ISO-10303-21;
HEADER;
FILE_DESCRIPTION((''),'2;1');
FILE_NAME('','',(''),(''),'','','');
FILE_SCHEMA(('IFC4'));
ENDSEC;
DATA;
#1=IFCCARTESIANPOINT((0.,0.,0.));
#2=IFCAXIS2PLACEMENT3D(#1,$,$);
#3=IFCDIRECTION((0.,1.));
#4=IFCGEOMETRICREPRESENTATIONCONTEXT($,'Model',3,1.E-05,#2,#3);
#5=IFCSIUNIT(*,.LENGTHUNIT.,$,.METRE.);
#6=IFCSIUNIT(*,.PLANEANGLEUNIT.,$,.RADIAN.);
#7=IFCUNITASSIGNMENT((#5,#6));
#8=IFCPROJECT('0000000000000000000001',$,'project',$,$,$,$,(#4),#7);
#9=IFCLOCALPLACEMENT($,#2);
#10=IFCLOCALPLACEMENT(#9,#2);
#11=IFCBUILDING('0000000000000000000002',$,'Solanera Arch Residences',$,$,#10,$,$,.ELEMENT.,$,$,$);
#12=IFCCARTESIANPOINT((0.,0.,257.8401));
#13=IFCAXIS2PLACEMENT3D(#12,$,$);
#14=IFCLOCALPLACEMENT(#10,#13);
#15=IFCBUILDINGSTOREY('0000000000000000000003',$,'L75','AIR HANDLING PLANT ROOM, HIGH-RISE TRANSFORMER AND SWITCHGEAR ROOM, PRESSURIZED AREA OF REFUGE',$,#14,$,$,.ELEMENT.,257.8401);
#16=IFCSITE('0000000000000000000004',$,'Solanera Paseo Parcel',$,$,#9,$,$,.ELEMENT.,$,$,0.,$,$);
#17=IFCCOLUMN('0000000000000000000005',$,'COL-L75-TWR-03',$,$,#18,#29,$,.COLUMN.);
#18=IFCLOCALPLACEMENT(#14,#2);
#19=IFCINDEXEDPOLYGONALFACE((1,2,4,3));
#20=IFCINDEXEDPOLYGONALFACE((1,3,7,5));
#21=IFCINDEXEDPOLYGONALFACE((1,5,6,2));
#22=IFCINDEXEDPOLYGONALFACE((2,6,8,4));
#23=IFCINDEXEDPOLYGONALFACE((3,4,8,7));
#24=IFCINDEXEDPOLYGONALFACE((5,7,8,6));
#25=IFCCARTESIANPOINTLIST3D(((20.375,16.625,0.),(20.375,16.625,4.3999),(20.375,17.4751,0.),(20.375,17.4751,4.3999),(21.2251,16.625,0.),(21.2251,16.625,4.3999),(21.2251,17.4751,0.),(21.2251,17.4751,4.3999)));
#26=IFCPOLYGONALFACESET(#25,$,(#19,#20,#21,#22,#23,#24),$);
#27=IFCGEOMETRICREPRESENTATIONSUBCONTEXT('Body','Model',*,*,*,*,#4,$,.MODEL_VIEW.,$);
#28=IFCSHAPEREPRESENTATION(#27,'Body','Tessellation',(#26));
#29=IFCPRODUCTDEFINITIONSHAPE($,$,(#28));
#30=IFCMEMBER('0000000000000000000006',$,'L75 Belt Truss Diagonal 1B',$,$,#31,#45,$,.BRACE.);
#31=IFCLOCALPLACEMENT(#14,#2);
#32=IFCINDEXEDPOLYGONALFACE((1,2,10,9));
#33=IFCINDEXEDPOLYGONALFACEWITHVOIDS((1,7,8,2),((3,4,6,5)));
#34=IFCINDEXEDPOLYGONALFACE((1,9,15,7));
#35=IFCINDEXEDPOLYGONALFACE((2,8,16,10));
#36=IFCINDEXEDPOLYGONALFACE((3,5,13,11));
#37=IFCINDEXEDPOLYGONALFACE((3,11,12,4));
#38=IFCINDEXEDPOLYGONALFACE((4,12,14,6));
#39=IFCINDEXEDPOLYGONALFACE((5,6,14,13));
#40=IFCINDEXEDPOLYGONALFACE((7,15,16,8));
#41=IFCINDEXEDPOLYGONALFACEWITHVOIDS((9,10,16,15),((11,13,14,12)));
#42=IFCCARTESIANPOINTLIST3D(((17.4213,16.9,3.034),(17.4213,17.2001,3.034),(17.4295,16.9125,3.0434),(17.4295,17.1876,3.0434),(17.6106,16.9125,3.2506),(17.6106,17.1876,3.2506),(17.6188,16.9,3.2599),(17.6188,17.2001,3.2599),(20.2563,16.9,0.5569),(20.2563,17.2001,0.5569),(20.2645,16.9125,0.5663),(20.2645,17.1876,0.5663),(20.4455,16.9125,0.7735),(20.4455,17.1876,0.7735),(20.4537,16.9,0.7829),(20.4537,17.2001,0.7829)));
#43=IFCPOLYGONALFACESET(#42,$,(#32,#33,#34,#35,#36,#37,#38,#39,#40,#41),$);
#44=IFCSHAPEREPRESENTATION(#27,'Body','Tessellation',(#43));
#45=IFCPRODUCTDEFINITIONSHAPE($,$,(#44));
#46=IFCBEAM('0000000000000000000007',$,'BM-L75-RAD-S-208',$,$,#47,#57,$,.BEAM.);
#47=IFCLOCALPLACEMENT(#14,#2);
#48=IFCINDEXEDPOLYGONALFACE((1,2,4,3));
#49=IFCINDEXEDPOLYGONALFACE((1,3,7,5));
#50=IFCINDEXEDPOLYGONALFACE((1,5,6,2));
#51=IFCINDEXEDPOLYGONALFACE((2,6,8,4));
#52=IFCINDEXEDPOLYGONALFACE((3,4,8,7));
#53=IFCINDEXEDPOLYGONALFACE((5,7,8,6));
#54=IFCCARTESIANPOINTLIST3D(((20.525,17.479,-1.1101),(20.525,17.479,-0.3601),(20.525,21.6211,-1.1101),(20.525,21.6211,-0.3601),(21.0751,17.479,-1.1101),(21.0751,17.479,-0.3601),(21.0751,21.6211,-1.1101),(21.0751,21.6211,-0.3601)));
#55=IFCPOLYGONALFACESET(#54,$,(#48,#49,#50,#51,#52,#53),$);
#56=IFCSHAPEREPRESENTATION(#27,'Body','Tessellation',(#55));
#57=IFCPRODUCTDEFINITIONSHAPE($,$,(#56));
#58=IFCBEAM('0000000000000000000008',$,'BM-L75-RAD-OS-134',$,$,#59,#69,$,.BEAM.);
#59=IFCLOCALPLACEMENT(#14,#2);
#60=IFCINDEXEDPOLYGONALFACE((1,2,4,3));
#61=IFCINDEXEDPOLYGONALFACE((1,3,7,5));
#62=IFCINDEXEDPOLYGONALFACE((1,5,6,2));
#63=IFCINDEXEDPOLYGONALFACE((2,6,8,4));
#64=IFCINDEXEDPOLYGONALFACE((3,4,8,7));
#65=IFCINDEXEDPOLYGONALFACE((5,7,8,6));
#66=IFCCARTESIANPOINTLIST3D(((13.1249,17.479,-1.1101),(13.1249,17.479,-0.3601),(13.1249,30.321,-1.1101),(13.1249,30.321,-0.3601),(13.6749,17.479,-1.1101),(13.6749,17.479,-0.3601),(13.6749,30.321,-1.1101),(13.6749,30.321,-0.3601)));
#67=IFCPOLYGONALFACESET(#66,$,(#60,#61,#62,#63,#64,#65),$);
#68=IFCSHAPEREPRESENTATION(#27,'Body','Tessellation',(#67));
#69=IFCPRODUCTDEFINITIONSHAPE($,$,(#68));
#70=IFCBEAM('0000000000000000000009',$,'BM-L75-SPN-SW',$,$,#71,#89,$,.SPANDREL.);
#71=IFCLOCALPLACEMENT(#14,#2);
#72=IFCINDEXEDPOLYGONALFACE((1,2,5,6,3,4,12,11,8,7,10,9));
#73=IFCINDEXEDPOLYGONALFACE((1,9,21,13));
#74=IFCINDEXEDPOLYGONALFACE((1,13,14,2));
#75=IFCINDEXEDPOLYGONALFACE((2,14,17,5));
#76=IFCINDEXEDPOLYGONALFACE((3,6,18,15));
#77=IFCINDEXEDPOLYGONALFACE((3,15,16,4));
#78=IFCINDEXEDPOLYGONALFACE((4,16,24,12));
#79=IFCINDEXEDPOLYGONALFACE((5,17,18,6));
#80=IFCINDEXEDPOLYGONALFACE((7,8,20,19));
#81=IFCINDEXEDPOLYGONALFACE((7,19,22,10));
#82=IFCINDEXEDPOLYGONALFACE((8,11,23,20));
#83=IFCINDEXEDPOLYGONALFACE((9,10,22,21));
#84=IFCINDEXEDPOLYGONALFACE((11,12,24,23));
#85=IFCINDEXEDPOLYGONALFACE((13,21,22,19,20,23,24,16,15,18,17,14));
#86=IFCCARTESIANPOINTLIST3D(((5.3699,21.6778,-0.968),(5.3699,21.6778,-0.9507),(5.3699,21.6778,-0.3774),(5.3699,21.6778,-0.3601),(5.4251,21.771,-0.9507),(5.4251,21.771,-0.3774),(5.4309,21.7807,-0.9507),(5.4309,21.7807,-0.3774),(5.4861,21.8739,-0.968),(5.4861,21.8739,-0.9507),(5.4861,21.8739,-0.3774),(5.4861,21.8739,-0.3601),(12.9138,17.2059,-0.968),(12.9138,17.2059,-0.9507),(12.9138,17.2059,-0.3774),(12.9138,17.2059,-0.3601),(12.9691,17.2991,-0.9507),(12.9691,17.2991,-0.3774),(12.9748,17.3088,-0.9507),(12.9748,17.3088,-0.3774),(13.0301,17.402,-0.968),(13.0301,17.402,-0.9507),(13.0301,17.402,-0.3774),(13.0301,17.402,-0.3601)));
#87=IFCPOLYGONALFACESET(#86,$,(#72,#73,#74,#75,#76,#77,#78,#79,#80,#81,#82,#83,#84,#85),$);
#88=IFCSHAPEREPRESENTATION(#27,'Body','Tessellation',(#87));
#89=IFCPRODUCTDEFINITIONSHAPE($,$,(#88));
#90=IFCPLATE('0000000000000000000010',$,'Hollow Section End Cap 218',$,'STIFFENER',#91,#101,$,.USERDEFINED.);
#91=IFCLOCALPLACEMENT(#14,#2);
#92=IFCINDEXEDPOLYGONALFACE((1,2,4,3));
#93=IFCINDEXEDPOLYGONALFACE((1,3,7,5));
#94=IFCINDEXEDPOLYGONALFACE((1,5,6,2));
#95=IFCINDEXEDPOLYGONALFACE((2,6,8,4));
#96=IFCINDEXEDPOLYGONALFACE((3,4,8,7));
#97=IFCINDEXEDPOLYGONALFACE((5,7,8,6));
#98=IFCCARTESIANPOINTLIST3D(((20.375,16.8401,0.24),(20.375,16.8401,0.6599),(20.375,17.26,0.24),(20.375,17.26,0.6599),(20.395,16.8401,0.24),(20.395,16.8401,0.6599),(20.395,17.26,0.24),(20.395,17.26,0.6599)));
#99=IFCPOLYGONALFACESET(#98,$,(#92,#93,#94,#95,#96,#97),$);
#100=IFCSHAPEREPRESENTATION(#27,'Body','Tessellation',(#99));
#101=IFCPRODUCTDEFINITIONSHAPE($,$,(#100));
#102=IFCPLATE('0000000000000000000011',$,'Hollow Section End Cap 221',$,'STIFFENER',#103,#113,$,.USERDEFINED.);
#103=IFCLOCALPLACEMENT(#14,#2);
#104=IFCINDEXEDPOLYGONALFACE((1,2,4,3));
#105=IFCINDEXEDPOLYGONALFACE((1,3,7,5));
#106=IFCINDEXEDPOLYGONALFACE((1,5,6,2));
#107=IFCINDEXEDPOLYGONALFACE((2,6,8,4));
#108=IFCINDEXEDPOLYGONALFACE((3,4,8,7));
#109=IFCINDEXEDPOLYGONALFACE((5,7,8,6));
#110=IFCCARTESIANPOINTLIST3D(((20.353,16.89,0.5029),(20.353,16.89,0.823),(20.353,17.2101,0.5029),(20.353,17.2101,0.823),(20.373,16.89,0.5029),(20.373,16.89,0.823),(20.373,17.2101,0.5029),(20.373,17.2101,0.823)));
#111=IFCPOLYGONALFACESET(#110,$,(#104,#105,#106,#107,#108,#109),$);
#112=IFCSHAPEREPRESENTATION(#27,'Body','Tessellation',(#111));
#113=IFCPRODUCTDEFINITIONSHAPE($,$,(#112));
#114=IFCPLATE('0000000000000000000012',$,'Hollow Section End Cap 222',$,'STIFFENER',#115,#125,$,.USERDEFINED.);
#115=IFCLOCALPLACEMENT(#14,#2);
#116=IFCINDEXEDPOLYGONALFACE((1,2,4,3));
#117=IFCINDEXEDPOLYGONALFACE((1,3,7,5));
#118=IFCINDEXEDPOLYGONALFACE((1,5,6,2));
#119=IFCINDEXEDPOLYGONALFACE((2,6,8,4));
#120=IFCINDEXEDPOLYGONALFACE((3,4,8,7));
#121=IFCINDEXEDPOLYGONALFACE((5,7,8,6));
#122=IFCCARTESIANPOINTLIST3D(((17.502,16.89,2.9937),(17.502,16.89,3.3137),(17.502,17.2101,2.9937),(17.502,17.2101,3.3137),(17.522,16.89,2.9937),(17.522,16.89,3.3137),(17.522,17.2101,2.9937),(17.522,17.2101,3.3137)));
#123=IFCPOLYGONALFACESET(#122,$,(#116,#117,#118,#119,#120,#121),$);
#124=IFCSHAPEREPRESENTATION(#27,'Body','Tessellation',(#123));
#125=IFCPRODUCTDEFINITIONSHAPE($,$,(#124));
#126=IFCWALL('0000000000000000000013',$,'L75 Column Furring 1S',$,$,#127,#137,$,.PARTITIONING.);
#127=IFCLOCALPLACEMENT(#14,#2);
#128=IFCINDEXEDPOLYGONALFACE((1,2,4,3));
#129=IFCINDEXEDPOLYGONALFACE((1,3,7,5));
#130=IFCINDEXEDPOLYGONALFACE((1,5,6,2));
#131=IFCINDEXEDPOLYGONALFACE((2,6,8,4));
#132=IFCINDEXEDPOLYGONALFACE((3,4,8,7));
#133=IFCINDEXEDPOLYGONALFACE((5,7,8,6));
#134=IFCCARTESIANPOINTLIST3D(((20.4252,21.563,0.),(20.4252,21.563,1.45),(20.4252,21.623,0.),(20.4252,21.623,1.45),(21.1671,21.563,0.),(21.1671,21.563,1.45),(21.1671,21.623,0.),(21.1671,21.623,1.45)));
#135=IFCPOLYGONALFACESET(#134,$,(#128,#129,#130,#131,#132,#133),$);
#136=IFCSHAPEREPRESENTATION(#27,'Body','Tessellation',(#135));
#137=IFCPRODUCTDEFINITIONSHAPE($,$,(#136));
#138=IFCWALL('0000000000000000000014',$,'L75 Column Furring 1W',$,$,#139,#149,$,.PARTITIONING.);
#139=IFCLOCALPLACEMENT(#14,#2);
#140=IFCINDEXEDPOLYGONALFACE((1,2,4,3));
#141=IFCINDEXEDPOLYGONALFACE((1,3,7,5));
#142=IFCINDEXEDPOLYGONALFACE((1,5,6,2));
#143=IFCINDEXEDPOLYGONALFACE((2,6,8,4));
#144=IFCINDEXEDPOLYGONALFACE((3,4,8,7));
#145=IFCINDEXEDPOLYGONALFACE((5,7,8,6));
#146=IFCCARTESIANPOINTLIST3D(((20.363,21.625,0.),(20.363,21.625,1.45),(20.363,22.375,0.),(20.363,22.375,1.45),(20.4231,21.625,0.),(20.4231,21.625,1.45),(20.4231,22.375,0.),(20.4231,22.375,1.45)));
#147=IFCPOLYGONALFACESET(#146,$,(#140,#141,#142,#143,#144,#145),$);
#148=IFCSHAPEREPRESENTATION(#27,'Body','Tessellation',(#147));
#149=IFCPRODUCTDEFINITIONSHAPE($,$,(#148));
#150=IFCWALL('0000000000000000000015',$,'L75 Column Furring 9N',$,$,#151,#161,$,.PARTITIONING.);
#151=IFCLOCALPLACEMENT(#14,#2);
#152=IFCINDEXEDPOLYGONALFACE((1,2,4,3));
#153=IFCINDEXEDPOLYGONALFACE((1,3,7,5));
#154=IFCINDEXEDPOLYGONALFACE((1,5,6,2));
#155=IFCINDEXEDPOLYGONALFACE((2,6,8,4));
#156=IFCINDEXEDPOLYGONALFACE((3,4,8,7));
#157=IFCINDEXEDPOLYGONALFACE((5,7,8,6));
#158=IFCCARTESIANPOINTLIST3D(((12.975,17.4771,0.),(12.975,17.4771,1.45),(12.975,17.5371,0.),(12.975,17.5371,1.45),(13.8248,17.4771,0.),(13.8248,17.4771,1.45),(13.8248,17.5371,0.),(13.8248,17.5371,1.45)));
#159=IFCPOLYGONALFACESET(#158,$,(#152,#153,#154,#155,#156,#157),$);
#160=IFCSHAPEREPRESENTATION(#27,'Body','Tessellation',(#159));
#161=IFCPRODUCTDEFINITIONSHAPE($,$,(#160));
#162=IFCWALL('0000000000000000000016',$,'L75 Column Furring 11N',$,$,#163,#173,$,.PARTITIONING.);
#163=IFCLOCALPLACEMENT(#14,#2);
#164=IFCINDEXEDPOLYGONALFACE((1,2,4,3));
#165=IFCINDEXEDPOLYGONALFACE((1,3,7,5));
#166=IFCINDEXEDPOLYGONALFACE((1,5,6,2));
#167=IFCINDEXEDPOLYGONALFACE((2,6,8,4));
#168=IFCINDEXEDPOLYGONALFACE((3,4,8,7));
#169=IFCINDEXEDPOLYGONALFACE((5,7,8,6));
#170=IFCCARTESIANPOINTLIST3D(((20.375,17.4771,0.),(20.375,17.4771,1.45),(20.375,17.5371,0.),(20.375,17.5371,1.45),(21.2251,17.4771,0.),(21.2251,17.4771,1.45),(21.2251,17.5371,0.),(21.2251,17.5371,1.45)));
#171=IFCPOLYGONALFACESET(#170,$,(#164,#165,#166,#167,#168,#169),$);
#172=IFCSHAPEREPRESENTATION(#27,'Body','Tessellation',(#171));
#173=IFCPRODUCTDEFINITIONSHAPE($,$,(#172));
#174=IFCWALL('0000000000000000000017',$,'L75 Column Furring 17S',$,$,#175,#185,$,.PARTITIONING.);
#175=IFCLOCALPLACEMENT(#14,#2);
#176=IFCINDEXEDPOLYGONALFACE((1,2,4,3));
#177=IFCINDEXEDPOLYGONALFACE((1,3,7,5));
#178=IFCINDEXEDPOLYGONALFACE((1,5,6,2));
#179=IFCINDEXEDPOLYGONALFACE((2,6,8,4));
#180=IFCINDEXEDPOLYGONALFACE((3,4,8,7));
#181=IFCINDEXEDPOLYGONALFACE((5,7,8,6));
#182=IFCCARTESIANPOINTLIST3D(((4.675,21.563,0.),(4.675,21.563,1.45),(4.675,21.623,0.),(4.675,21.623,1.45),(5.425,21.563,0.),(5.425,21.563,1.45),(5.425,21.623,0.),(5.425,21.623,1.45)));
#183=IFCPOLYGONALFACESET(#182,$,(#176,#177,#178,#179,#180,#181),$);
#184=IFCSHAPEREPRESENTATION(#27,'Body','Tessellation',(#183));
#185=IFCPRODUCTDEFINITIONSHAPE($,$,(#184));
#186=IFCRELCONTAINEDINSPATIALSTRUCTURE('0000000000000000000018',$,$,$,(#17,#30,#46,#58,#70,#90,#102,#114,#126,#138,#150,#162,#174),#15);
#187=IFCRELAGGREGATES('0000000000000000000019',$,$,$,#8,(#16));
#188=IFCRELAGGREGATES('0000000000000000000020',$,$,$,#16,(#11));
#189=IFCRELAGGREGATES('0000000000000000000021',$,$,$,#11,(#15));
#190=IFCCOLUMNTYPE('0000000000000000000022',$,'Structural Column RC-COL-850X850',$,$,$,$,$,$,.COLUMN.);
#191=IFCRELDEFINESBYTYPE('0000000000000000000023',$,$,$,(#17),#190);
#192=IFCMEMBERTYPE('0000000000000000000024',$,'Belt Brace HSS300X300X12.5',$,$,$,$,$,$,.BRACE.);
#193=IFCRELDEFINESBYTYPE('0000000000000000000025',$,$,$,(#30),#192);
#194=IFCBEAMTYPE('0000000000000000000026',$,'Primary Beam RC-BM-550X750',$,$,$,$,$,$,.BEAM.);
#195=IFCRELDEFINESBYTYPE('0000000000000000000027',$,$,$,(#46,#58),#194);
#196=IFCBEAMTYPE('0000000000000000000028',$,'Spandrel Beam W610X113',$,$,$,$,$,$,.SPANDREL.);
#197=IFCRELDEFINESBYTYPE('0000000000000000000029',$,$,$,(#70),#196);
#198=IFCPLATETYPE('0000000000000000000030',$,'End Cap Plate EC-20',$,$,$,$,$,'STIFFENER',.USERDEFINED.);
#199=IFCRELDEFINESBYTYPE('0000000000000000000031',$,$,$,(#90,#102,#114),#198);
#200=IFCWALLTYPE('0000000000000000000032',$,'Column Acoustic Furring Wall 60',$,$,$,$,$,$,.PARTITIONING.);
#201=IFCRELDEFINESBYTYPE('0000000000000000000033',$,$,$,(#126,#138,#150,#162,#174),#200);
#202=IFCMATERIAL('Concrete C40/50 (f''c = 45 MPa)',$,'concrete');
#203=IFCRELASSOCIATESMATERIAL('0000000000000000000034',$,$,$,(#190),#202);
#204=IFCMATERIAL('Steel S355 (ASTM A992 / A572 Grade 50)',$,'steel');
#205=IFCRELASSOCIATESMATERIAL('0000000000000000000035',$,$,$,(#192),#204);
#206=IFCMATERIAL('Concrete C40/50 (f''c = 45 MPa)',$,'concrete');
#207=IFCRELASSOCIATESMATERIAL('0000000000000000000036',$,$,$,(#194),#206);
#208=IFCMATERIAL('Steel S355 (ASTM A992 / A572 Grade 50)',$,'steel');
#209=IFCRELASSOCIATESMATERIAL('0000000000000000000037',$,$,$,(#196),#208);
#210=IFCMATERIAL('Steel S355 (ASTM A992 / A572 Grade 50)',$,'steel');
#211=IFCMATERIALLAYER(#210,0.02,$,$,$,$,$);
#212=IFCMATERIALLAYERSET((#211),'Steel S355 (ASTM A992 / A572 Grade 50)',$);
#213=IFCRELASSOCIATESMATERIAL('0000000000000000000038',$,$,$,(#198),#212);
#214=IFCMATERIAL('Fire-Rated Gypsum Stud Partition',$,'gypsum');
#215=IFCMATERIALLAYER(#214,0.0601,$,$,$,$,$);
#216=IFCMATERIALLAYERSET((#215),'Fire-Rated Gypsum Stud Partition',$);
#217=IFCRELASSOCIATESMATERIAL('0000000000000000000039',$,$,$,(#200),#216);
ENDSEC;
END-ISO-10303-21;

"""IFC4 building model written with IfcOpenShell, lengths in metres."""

from ifc_helpers import new_model, si_unit, direction, frame, frame_2d, origin, origin_2d, place, context, subcontext, project, spatial, rectangle, hollow_rectangle, i_section, extrude, material, layer, layer_set, material_profile, profile_set, type_object, element, save


model = new_model("IFC4")

# Units and contexts
model_context = context("Model", 3, precision=1e-05, world=origin(), true_north=direction((0.0, 1.0)))
body_context = subcontext(model_context, "Body", "Model", "MODEL_VIEW")
ifc_project = project(units=[si_unit("LENGTHUNIT", "METRE"), si_unit("PLANEANGLEUNIT", "RADIAN")], contexts=[model_context])

# Site, building, storey
site_placement = place(None, origin())
site = spatial("IfcSite", under=ifc_project, at=site_placement, Name="Solanera Paseo Parcel", CompositionType="ELEMENT", RefElevation=0.0)
building_placement = place(site_placement, origin())
building = spatial("IfcBuilding", under=site, at=building_placement, Name="Solanera Arch Residences", CompositionType="ELEMENT")
storey_placement = place(building_placement, frame((0.0, 0.0, 257.8401)))
storey = spatial("IfcBuildingStorey", under=building, at=storey_placement, Name="L75", Description="AIR HANDLING PLANT ROOM, HIGH-RISE TRANSFORMER AND SWITCHGEAR ROOM, PRESSURIZED AREA OF REFUGE", CompositionType="ELEMENT", Elevation=257.8401)

# Column
ifc_material_1 = material(Name="Concrete C40/50 (f'c = 45 MPa)", Category="concrete")
ifc_material_profile_1 = material_profile(ifc_material_1, rectangle(XDim=0.8501, YDim=0.8501, at=origin_2d()))
ifc_profile_set_1 = profile_set([ifc_material_profile_1], Name="Concrete C40/50 (f'c = 45 MPa)")
column_type = type_object("IfcColumnType", Name="Structural Column RC-COL-850X850", PredefinedType="COLUMN", material=ifc_profile_set_1)
column_placement = place(storey_placement, frame((20.8, 17.05, 0.0), z_axis=(0.0, 0.0, 1.0), x_axis=(1.0, 0.0, 0.0)))
element("IfcColumn", 1, at=column_placement, inside=storey, type_object=column_type, Name="COL-L75-TWR-03", PredefinedType="COLUMN", context=body_context, shape_type="SweptSolid", body=[
    extrude(rectangle(XDim=0.8501, YDim=0.8501, at=origin_2d()), origin(), (0.0, 0.0, 1.0), 4.3999),
])

# Member
ifc_material_2 = material(Name="Steel S355 (ASTM A992 / A572 Grade 50)", Category="steel")
ifc_material_profile_2 = material_profile(ifc_material_2, hollow_rectangle(XDim=0.3, YDim=0.3, WallThickness=0.0125, at=origin_2d()))
ifc_profile_set_2 = profile_set([ifc_material_profile_2], Name="Steel S355 (ASTM A992 / A572 Grade 50)")
member_type = type_object("IfcMemberType", Name="Belt Brace HSS300X300X12.5", PredefinedType="BRACE", material=ifc_profile_set_2)
member_placement = place(storey_placement, frame((20.355, 17.05, 0.6699), z_axis=(-0.753043, 0.0, 0.657972), x_axis=(0.0, -1.0, 0.0)))
element("IfcMember", 2, at=member_placement, inside=storey, type_object=member_type, Name="L75 Belt Truss Diagonal 1B", PredefinedType="BRACE", context=body_context, shape_type="SweptSolid", body=[
    extrude(hollow_rectangle(XDim=0.3, YDim=0.3, WallThickness=0.0125, at=origin_2d()), origin(), (0.0, 0.0, 1.0), 3.7646),
])

# Beams
ifc_material_3 = material(Name="Concrete C40/50 (f'c = 45 MPa)", Category="concrete")
ifc_material_profile_3 = material_profile(ifc_material_3, rectangle(XDim=0.55, YDim=0.75, at=origin_2d()))
ifc_profile_set_3 = profile_set([ifc_material_profile_3], Name="Concrete C40/50 (f'c = 45 MPa)")
beam_type_1 = type_object("IfcBeamType", Name="Primary Beam RC-BM-550X750", PredefinedType="BEAM", material=ifc_profile_set_3)
beam_1_placement = place(storey_placement, frame((20.8, 17.479, -0.7351), z_axis=(0.0, 1.0, 0.0), x_axis=(-1.0, 0.0, 0.0)))
element("IfcBeam", 3, at=beam_1_placement, inside=storey, type_object=beam_type_1, Name="BM-L75-RAD-S-208", PredefinedType="BEAM", context=body_context, shape_type="SweptSolid", body=[
    extrude(rectangle(XDim=0.55, YDim=0.75, at=origin_2d()), origin(), (0.0, 0.0, 1.0), 4.1421),
])
beam_2_placement = place(storey_placement, frame((13.3999, 17.479, -0.7351), z_axis=(0.0, 1.0, 0.0), x_axis=(-1.0, 0.0, 0.0)))
element("IfcBeam", 4, at=beam_2_placement, inside=storey, type_object=beam_type_1, Name="BM-L75-RAD-OS-134", PredefinedType="BEAM", context=body_context, shape_type="SweptSolid", body=[
    extrude(rectangle(XDim=0.55, YDim=0.75, at=origin_2d()), origin(), (0.0, 0.0, 1.0), 12.842),
])
ifc_material_4 = material(Name="Steel S355 (ASTM A992 / A572 Grade 50)", Category="steel")
ifc_material_profile_4 = material_profile(ifc_material_4, i_section(OverallWidth=0.228, OverallDepth=0.6079, WebThickness=0.0112, FlangeThickness=0.0173, at=origin_2d()))
ifc_profile_set_4 = profile_set([ifc_material_profile_4], Name="Steel S355 (ASTM A992 / A572 Grade 50)")
beam_type_2 = type_object("IfcBeamType", Name="Spandrel Beam W610X113", PredefinedType="SPANDREL", material=ifc_profile_set_4)
beam_3_placement = place(storey_placement, frame((12.9719, 17.304, -0.6641), z_axis=(-0.86022, 0.509924, 0.0), x_axis=(-0.509924, -0.86022, 0.0)))
element("IfcBeam", 5, at=beam_3_placement, inside=storey, type_object=beam_type_2, Name="BM-L75-SPN-SW", PredefinedType="SPANDREL", context=body_context, shape_type="SweptSolid", body=[
    extrude(i_section(OverallWidth=0.228, OverallDepth=0.6079, WebThickness=0.0112, FlangeThickness=0.0173, at=origin_2d()), origin(), (0.0, 0.0, 1.0), 8.7698),
])

# Plates
ifc_material_5 = material(Name="Steel S355 (ASTM A992 / A572 Grade 50)", Category="steel")
ifc_layer_1 = layer(ifc_material_5, 0.02)
ifc_layer_set_1 = layer_set([ifc_layer_1], Name="Steel S355 (ASTM A992 / A572 Grade 50)")
plate_type = type_object("IfcPlateType", Name="End Cap Plate EC-20", ElementType="STIFFENER", PredefinedType="USERDEFINED", material=ifc_layer_set_1)
plate_placement = place(storey_placement, frame((20.385, 17.05, 0.24), z_axis=(0.0, 0.0, 1.0), x_axis=(1.0, 0.0, 0.0)))
element("IfcPlate", 6, at=plate_placement, inside=storey, type_object=plate_type, Name="Hollow Section End Cap 218", ObjectType="STIFFENER", PredefinedType="USERDEFINED", context=body_context, shape_type="SweptSolid", body=[
    extrude(rectangle(XDim=0.02, YDim=0.4199, at=origin_2d()), origin(), (0.0, 0.0, 1.0), 0.4199),
])
for number, where, z_axis, x_axis, name in (
    (7, (20.363, 17.05, 0.5029), (0.0, 0.0, 1.0), (1.0, 0.0, 0.0), "Hollow Section End Cap 221"),
    (8, (17.512, 17.05, 2.9937), (0.0, 0.0, 1.0), (-1.0, 0.0, 0.0), "Hollow Section End Cap 222"),
):
    element("IfcPlate", number, at=place(storey_placement, frame(where, z_axis=z_axis, x_axis=x_axis)), inside=storey, type_object=plate_type, Name=name, ObjectType="STIFFENER", PredefinedType="USERDEFINED", context=body_context, shape_type="SweptSolid", body=[
        extrude(rectangle(XDim=0.02, YDim=0.3201, at=origin_2d()), origin(), (0.0, 0.0, 1.0), 0.3201),
    ])

# Walls
ifc_material_6 = material(Name="Fire-Rated Gypsum Stud Partition", Category="gypsum")
ifc_layer_2 = layer(ifc_material_6, 0.0601)
ifc_layer_set_2 = layer_set([ifc_layer_2], Name="Fire-Rated Gypsum Stud Partition")
wall_type_1 = type_object("IfcWallType", Name="Column Acoustic Furring Wall 60", PredefinedType="PARTITIONING", material=ifc_layer_set_2)
wall_1_placement = place(storey_placement, frame((20.425, 21.593, 0.0), z_axis=(0.0, 0.0, 1.0), x_axis=(1.0, 0.0, 0.0)))
element("IfcWall", 9, at=wall_1_placement, inside=storey, type_object=wall_type_1, Name="L75 Column Furring 1S", PredefinedType="PARTITIONING", context=body_context, shape_type="SweptSolid", body=[
    extrude(rectangle(XDim=0.7419, YDim=0.0601, at=frame_2d((0.3711, 0.0))), origin(), (0.0, 0.0, 1.0), 1.45),
])
wall_2_placement = place(storey_placement, frame((20.3931, 21.625, 0.0), z_axis=(0.0, 0.0, 1.0), x_axis=(0.0, 1.0, 0.0)))
element("IfcWall", 10, at=wall_2_placement, inside=storey, type_object=wall_type_1, Name="L75 Column Furring 1W", PredefinedType="PARTITIONING", context=body_context, shape_type="SweptSolid", body=[
    extrude(rectangle(XDim=0.75, YDim=0.0601, at=frame_2d((0.375, 0.0))), origin(), (0.0, 0.0, 1.0), 1.45),
])
wall_3_placement = place(storey_placement, frame((12.9751, 17.5071, 0.0), z_axis=(0.0, 0.0, 1.0), x_axis=(1.0, 0.0, 0.0)))
element("IfcWall", 11, at=wall_3_placement, inside=storey, type_object=wall_type_1, Name="L75 Column Furring 9N", PredefinedType="PARTITIONING", context=body_context, shape_type="SweptSolid", body=[
    extrude(rectangle(XDim=0.8499, YDim=0.0601, at=frame_2d((0.4248, 0.0))), origin(), (0.0, 0.0, 1.0), 1.45),
])
wall_4_placement = place(storey_placement, frame((20.375, 17.5071, 0.0), z_axis=(0.0, 0.0, 1.0), x_axis=(1.0, 0.0, 0.0)))
element("IfcWall", 12, at=wall_4_placement, inside=storey, type_object=wall_type_1, Name="L75 Column Furring 11N", PredefinedType="PARTITIONING", context=body_context, shape_type="SweptSolid", body=[
    extrude(rectangle(XDim=0.8501, YDim=0.0601, at=frame_2d((0.425, 0.0))), origin(), (0.0, 0.0, 1.0), 1.45),
])
for number, where, z_axis, x_axis, name in (
    (13, (4.675, 21.593, 0.0), (0.0, 0.0, 1.0), (1.0, 0.0, 0.0), "L75 Column Furring 17S"),
):
    element("IfcWall", number, at=place(storey_placement, frame(where, z_axis=z_axis, x_axis=x_axis)), inside=storey, type_object=wall_type_1, Name=name, PredefinedType="PARTITIONING", context=body_context, shape_type="SweptSolid", body=[
        extrude(rectangle(XDim=0.75, YDim=0.0601, at=frame_2d((0.375, 0.0))), origin(), (0.0, 0.0, 1.0), 1.45),
    ])

save(model, "model.ifc")
